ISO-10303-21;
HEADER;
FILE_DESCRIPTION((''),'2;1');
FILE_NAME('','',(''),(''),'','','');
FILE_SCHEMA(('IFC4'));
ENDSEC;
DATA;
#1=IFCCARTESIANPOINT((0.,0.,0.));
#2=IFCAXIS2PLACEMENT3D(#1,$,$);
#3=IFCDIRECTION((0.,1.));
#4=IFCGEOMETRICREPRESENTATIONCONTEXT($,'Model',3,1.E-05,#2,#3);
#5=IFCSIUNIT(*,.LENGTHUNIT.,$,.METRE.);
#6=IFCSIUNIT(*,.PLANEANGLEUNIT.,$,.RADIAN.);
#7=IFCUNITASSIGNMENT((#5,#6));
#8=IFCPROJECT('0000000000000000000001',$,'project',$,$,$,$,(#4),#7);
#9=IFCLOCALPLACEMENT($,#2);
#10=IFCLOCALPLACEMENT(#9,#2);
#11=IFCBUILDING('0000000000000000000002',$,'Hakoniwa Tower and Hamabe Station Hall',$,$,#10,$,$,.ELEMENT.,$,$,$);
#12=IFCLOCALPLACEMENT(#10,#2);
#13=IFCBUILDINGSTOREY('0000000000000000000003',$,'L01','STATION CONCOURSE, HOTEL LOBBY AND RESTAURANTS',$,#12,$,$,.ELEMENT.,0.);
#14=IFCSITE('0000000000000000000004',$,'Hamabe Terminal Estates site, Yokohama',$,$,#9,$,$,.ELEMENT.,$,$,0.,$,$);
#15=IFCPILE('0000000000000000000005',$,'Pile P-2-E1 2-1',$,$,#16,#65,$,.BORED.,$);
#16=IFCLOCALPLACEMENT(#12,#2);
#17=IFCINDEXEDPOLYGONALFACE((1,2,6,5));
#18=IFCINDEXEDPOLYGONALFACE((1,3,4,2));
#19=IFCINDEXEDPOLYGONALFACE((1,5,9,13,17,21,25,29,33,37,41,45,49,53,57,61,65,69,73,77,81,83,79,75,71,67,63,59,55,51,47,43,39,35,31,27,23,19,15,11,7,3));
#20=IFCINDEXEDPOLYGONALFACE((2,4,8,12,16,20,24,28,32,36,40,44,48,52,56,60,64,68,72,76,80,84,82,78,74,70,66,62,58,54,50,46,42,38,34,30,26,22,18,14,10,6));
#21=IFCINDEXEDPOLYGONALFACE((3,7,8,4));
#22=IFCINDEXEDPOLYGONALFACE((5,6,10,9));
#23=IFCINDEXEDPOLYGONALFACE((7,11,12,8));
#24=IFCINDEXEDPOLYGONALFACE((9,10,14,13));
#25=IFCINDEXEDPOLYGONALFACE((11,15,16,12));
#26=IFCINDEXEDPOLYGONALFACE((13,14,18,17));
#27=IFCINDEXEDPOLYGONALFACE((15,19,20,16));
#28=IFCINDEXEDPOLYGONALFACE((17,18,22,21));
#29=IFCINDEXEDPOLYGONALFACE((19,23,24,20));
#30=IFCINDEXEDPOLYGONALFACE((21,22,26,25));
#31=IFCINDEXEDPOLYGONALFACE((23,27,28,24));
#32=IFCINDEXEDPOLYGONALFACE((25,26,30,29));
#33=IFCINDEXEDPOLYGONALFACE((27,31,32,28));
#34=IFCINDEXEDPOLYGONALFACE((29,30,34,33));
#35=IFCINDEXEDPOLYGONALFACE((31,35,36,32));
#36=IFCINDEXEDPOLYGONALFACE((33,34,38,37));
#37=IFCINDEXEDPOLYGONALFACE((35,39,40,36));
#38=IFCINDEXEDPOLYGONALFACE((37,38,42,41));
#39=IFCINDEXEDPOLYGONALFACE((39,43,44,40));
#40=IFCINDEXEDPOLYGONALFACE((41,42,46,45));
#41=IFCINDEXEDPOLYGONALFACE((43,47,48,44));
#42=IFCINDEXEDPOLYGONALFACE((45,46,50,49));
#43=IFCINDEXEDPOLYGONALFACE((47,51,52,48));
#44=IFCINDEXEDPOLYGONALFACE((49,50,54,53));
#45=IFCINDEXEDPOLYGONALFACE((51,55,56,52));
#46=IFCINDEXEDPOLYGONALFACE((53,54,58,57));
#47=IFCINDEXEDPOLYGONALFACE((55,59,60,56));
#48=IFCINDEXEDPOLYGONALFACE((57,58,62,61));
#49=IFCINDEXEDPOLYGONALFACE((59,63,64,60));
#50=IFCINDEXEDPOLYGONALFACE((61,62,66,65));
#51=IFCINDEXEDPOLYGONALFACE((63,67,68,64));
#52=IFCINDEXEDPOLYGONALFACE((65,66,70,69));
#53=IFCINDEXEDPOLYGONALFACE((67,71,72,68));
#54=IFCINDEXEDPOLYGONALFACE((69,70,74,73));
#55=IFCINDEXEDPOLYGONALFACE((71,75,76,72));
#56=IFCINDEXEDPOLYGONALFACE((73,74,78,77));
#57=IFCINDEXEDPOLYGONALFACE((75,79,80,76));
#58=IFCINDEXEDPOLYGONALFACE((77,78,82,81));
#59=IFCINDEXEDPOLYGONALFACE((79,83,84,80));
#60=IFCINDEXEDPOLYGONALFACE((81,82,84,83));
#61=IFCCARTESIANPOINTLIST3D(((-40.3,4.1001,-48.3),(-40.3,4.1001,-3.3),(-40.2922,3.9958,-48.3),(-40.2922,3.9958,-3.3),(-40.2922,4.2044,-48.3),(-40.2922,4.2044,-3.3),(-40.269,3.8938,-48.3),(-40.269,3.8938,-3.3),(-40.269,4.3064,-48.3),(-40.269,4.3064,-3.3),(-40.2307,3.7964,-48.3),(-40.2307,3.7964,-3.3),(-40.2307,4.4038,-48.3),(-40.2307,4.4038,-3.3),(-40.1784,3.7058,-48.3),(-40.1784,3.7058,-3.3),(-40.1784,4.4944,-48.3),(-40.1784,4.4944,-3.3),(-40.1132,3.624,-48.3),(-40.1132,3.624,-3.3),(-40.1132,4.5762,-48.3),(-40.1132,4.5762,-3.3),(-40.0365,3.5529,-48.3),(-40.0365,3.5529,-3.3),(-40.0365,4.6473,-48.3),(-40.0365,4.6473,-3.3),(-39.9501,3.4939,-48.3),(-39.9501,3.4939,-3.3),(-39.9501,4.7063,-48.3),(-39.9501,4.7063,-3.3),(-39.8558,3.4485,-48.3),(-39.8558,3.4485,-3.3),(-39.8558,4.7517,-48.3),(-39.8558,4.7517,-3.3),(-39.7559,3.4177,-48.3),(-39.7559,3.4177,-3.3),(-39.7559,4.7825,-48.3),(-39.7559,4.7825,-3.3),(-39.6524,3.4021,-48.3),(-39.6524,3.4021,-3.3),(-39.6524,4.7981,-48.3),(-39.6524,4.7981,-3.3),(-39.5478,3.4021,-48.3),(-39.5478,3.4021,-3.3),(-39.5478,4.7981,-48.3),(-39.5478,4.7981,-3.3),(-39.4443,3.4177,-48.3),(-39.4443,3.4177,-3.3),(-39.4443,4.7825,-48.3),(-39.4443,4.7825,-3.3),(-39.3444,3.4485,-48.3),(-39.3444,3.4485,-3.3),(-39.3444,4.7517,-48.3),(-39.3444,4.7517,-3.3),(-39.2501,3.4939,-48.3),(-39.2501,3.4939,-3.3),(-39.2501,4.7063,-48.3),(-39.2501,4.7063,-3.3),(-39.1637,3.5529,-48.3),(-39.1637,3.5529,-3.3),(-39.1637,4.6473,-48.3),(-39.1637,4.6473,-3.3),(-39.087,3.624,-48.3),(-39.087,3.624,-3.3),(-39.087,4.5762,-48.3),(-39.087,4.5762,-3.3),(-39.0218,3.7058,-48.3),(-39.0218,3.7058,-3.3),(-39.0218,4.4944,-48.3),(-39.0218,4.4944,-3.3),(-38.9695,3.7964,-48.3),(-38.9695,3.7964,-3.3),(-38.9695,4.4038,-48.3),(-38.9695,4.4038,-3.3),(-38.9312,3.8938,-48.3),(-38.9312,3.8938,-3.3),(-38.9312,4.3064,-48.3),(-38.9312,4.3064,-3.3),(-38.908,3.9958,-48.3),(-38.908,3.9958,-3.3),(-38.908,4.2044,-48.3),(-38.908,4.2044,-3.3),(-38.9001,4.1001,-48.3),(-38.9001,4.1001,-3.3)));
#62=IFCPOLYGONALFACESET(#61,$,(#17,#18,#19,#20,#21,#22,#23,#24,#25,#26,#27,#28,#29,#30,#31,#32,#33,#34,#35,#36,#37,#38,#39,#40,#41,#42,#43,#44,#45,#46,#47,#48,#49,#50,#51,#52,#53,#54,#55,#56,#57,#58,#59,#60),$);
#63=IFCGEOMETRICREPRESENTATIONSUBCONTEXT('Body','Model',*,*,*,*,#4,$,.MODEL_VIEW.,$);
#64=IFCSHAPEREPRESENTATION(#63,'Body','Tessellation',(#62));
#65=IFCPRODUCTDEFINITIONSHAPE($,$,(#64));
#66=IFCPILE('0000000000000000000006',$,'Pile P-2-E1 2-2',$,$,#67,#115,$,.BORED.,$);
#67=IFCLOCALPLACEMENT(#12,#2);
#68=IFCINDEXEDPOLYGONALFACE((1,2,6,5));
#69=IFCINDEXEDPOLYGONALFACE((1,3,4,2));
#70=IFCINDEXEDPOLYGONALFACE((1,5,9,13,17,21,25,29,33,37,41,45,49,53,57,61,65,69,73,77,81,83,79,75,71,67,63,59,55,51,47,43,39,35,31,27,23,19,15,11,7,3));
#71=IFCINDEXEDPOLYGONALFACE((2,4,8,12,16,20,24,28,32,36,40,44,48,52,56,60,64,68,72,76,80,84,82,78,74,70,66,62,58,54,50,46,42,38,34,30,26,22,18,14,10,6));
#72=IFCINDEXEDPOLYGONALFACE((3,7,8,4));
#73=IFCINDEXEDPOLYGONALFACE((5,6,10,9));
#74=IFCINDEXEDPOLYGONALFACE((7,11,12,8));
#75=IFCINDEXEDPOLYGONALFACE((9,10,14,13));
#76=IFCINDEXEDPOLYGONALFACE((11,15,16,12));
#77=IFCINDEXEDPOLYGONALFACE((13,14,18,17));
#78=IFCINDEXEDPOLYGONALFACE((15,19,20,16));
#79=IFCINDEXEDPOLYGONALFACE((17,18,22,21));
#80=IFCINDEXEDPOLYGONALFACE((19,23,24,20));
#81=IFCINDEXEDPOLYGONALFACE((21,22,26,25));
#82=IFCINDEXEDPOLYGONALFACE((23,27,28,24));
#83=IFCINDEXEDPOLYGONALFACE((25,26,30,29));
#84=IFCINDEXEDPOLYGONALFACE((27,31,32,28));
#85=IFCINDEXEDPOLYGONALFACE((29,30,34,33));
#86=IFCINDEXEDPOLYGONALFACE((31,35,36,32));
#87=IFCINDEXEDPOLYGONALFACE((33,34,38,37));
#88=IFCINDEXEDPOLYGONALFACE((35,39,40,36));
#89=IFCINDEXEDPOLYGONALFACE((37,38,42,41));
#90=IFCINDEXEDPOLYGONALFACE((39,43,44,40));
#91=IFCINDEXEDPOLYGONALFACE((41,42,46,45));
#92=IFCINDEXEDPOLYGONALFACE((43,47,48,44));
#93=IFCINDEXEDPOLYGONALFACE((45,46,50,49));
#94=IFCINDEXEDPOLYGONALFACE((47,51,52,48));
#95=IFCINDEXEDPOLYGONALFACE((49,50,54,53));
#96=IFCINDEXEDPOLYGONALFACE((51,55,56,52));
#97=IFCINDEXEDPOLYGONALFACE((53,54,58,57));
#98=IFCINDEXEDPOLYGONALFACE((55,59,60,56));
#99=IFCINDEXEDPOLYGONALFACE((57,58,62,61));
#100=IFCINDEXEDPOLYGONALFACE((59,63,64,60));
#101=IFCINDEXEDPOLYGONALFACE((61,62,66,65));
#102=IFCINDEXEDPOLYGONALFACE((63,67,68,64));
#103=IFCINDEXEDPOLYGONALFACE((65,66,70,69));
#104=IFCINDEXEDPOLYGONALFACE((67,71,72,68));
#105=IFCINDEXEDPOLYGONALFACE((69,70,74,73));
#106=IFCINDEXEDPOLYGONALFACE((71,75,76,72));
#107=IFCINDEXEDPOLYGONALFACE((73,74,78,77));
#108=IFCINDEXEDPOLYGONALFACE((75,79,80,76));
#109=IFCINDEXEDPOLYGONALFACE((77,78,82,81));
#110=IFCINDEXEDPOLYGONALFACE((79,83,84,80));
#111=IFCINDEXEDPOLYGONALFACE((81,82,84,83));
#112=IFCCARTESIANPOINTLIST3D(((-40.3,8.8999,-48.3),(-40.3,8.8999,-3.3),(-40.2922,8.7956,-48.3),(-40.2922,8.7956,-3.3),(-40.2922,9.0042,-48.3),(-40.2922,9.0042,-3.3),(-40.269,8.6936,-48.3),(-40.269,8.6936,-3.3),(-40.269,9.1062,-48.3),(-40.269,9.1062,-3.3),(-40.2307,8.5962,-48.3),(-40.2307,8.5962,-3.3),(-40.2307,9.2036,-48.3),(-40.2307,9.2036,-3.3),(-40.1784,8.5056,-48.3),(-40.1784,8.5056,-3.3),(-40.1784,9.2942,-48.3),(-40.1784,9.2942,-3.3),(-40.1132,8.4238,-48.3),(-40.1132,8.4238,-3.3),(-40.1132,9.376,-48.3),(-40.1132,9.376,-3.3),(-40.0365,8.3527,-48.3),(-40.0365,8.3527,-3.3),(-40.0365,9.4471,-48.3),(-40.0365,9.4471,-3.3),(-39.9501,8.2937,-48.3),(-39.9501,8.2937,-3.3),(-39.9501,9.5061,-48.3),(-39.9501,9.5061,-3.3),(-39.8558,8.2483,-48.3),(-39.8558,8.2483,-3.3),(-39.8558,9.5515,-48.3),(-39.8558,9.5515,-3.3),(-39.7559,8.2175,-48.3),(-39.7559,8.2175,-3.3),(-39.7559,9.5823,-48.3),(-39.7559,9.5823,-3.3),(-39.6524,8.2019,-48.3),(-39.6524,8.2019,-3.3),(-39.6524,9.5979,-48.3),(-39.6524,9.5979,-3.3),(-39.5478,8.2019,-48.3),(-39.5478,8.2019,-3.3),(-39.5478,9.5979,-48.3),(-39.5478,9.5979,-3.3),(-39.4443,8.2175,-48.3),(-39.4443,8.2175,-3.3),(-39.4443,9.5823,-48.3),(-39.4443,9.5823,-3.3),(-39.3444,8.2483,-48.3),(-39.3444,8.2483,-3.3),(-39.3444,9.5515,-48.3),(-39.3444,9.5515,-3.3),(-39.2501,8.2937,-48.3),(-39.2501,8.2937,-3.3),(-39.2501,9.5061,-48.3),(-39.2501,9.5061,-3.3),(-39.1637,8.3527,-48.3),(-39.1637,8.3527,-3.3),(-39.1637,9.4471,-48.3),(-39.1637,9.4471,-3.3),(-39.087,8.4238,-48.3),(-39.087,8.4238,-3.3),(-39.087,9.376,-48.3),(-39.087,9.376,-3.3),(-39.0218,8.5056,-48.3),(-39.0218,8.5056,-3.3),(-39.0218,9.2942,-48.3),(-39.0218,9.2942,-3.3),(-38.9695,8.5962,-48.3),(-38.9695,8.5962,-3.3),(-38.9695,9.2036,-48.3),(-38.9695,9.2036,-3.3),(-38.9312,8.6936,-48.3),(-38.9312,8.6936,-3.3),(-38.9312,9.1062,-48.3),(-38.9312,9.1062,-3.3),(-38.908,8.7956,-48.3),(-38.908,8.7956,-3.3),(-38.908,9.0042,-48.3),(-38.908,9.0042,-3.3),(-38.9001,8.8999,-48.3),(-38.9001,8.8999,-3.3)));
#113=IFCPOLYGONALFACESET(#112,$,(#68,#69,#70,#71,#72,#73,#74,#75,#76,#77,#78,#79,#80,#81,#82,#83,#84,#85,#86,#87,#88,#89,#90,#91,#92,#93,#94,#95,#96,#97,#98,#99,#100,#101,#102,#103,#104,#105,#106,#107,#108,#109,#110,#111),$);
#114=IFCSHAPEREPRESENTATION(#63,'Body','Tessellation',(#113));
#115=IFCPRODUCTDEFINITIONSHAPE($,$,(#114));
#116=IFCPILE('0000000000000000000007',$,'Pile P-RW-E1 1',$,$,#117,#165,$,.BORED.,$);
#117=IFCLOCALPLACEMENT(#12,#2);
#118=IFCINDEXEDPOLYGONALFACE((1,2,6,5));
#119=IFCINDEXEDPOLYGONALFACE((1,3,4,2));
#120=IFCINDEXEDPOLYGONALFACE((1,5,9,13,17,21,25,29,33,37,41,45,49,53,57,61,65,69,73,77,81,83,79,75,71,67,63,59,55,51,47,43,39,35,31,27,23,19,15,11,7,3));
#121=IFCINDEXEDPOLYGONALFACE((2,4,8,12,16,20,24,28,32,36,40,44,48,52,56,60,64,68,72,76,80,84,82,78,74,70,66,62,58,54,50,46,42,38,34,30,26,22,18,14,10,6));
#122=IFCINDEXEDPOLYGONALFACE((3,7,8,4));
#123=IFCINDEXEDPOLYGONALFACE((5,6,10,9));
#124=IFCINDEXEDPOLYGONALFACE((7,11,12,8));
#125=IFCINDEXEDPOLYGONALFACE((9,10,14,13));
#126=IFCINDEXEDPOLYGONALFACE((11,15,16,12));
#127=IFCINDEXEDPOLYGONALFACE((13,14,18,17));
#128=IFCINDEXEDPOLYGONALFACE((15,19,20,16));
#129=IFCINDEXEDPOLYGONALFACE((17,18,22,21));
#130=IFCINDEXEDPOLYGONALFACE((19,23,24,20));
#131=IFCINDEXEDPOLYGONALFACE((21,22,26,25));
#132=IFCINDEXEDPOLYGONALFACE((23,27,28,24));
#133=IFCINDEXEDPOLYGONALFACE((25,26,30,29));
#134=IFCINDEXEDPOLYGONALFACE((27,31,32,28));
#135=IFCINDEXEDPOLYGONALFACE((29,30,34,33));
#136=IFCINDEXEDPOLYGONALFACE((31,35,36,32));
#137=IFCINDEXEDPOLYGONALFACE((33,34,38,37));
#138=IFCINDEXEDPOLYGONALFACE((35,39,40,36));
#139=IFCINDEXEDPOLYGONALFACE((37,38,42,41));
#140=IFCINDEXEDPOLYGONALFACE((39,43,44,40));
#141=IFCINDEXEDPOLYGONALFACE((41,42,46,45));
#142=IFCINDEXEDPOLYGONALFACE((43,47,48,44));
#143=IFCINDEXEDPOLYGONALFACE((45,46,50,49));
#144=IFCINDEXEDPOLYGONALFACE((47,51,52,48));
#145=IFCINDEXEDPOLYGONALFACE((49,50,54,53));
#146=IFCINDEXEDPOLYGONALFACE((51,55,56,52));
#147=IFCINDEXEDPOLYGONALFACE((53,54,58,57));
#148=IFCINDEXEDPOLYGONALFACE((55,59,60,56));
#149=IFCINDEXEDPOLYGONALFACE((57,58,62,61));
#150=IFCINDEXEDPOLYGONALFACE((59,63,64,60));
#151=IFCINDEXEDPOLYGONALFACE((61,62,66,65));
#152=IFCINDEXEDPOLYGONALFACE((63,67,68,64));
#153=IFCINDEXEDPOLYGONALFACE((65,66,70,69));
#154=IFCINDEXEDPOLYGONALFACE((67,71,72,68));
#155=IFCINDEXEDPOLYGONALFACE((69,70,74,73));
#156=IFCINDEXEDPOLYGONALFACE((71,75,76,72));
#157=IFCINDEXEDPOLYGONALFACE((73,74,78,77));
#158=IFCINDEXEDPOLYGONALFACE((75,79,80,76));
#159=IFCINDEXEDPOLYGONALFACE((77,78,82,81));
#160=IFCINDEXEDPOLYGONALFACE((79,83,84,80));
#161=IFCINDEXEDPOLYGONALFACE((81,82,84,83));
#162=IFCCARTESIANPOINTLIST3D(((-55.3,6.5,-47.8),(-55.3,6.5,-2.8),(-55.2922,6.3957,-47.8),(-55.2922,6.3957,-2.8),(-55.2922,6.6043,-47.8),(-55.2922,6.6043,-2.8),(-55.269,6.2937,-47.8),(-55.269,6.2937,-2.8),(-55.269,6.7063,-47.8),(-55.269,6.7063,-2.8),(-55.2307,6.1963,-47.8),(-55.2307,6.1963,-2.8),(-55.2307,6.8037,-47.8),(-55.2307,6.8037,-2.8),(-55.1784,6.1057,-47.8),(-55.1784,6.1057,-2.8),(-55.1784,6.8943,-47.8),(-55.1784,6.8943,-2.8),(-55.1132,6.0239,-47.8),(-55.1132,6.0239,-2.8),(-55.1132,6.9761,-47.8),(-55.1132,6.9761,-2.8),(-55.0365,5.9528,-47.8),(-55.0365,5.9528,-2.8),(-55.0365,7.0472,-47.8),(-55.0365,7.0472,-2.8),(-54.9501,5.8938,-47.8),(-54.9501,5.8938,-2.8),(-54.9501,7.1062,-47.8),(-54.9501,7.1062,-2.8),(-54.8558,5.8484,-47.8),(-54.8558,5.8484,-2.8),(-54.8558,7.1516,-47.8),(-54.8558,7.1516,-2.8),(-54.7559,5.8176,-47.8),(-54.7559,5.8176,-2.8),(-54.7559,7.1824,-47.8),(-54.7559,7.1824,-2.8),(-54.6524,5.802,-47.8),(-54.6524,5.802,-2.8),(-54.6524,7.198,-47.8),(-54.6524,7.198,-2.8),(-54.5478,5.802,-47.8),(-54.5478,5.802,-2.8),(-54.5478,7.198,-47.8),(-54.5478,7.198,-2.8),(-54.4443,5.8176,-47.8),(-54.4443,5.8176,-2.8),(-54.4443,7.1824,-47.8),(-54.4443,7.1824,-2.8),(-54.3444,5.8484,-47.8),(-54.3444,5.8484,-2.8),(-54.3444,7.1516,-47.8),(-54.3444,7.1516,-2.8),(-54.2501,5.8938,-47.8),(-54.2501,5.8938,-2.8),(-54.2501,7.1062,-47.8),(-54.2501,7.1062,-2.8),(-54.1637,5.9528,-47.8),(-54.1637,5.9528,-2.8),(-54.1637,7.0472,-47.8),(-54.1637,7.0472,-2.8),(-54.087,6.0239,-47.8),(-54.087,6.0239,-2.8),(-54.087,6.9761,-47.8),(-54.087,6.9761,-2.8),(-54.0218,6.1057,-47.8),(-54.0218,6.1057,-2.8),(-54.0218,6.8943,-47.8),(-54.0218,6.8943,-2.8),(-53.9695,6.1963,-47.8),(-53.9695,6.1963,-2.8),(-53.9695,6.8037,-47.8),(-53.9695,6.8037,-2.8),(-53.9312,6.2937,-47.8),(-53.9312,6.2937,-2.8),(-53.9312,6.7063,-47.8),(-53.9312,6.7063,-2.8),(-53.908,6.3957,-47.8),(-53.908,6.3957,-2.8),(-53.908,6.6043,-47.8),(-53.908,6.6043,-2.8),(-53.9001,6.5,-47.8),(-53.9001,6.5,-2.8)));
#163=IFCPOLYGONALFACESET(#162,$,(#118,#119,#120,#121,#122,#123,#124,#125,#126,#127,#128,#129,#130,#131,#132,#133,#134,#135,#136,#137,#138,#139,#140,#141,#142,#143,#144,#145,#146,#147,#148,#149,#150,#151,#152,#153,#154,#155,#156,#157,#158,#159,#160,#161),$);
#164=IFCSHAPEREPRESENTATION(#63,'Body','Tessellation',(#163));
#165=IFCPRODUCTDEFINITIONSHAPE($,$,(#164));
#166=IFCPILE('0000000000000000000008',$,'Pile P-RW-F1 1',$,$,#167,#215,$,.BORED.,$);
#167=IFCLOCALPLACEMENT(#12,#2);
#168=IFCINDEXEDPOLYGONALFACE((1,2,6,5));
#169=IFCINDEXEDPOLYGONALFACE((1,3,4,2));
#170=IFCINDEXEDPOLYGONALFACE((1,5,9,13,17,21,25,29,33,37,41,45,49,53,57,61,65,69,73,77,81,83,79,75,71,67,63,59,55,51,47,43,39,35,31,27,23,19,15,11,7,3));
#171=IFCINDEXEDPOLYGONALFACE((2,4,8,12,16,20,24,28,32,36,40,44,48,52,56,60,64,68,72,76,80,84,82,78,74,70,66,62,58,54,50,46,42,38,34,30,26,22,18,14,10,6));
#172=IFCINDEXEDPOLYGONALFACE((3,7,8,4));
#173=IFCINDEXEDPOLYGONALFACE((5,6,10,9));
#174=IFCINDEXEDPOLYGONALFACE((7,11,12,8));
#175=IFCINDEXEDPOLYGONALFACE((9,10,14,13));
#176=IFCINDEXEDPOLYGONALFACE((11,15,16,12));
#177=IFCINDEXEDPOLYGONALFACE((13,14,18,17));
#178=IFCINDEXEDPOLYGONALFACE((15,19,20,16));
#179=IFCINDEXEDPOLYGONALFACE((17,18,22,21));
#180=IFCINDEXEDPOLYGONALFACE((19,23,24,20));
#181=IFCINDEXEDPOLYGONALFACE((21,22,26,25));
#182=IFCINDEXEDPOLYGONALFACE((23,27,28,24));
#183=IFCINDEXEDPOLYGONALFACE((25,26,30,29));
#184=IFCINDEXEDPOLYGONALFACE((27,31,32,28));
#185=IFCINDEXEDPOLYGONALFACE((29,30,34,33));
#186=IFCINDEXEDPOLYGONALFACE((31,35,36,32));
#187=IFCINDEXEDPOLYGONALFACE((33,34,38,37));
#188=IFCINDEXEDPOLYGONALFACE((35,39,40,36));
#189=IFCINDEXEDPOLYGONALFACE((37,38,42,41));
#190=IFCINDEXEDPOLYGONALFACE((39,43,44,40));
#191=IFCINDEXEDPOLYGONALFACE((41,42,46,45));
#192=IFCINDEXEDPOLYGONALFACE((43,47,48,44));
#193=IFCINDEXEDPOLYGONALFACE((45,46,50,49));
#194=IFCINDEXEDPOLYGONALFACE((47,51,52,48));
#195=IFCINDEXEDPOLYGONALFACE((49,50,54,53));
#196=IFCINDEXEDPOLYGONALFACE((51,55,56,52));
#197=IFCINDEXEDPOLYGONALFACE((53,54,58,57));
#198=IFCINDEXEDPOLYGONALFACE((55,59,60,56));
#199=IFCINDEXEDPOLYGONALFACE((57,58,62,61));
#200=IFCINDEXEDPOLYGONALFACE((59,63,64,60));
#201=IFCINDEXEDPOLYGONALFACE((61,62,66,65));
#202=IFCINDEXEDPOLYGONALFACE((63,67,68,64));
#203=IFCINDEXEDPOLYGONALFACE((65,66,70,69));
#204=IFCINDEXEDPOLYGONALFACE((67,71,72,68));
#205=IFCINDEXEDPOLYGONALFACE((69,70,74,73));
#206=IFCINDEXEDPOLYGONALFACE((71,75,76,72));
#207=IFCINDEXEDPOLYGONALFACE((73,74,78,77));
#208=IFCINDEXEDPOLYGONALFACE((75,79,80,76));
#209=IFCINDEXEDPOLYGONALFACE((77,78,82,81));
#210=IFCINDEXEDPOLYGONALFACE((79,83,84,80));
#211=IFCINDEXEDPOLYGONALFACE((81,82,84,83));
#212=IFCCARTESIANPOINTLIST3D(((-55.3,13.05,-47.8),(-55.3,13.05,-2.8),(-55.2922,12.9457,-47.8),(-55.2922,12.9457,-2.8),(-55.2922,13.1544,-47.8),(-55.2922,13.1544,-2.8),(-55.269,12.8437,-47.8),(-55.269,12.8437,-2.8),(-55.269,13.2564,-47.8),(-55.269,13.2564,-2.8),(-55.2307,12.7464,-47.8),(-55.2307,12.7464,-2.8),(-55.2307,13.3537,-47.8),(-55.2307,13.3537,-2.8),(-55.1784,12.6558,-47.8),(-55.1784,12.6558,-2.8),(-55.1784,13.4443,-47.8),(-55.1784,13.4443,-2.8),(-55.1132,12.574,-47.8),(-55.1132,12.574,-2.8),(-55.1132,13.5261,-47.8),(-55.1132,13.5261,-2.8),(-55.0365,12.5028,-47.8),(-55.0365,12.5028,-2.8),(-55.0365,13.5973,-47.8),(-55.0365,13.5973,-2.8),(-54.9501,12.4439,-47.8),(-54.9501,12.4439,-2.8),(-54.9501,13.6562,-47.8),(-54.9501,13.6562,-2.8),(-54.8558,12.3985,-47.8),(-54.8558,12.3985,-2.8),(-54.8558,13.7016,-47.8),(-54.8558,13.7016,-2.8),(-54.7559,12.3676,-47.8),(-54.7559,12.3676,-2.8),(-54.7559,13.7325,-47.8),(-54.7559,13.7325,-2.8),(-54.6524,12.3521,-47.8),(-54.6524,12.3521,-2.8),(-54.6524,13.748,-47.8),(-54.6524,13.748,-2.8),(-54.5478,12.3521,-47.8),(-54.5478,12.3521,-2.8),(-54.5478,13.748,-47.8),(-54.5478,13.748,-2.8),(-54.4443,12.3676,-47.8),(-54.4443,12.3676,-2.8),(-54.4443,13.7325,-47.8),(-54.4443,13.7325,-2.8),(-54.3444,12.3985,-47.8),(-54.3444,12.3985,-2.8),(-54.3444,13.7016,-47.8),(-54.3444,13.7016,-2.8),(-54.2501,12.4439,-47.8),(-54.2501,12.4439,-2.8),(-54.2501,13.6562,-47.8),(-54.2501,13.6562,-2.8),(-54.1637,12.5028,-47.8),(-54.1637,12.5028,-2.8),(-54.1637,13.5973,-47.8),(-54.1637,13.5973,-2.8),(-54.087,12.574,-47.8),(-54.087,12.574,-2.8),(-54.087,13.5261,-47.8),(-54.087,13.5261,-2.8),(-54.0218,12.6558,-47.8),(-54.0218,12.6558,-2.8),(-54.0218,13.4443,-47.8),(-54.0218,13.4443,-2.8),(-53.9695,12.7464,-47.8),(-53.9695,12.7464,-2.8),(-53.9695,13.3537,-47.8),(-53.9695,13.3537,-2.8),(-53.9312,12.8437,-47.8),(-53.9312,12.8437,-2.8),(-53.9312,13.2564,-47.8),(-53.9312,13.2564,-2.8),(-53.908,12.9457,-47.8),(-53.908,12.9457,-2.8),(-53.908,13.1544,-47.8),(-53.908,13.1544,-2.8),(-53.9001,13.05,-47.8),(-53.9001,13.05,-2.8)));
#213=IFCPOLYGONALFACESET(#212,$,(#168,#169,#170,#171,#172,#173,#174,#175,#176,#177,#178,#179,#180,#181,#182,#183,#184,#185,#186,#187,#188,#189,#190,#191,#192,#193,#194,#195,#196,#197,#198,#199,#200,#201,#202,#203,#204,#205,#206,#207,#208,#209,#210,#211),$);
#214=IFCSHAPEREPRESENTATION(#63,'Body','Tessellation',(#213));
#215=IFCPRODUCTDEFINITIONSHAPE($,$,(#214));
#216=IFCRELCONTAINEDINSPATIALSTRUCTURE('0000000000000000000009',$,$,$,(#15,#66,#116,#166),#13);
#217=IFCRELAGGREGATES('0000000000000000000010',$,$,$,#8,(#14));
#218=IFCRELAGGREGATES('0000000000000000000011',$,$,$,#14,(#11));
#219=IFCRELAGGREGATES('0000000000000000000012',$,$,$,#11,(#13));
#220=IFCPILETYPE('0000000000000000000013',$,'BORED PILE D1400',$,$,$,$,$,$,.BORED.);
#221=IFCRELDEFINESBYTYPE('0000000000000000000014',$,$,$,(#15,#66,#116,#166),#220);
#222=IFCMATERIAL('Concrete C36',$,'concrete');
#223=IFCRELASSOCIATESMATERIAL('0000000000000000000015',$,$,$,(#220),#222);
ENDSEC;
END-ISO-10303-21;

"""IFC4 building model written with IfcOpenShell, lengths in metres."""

from ifc_helpers import new_model, si_unit, direction, frame, origin, origin_2d, place, context, subcontext, project, spatial, circle, extrude, material, material_profile, profile_set, type_object, element, save


model = new_model("IFC4")

# Units and contexts
model_context = context("Model", 3, precision=1e-05, world=origin(), true_north=direction((0.0, 1.0)))
body_context = subcontext(model_context, "Body", "Model", "MODEL_VIEW")
ifc_project = project(units=[si_unit("LENGTHUNIT", "METRE"), si_unit("PLANEANGLEUNIT", "RADIAN")], contexts=[model_context])

# Site, building, storey
site_placement = place(None, origin())
site = spatial("IfcSite", under=ifc_project, at=site_placement, Name="Hamabe Terminal Estates site, Yokohama", CompositionType="ELEMENT", RefElevation=0.0)
building_placement = place(site_placement, origin())
building = spatial("IfcBuilding", under=site, at=building_placement, Name="Hakoniwa Tower and Hamabe Station Hall", CompositionType="ELEMENT")
storey_placement = place(building_placement, origin())
storey = spatial("IfcBuildingStorey", under=building, at=storey_placement, Name="L01", Description="STATION CONCOURSE, HOTEL LOBBY AND RESTAURANTS", CompositionType="ELEMENT", Elevation=0.0)

# Piles
ifc_material_1 = material(Name="Concrete C36", Category="concrete")
ifc_material_profile_1 = material_profile(ifc_material_1, circle(Radius=0.7, at=origin_2d()), Name="BORED PILE D1400")
ifc_profile_set_1 = profile_set([ifc_material_profile_1], Name="Concrete C36")
pile_type = type_object("IfcPileType", Name="BORED PILE D1400", PredefinedType="BORED", material=ifc_profile_set_1)
for number, where, z_axis, x_axis, name in (
    (1, (-39.6001, 4.1001, -3.3), (0.0, 0.0, -1.0), (1.0, 0.0, 0.0), "Pile P-2-E1 2-1"),
    (2, (-39.6001, 8.8999, -3.3), (0.0, 0.0, -1.0), (1.0, 0.0, 0.0), "Pile P-2-E1 2-2"),
    (3, (-54.6001, 6.5, -2.8), (0.0, 0.0, -1.0), (1.0, 0.0, 0.0), "Pile P-RW-E1 1"),
    (4, (-54.6001, 13.05, -2.8), (0.0, 0.0, -1.0), (1.0, 0.0, 0.0), "Pile P-RW-F1 1"),
):
    element("IfcPile", number, at=place(storey_placement, frame(where, z_axis=z_axis, x_axis=x_axis)), inside=storey, type_object=pile_type, Name=name, PredefinedType="BORED", context=body_context, shape_type="SweptSolid", body=[
        extrude(circle(Radius=0.7, at=origin_2d()), origin(), (0.0, 0.0, 1.0), 45.0),
    ])

save(model, "model.ifc")
